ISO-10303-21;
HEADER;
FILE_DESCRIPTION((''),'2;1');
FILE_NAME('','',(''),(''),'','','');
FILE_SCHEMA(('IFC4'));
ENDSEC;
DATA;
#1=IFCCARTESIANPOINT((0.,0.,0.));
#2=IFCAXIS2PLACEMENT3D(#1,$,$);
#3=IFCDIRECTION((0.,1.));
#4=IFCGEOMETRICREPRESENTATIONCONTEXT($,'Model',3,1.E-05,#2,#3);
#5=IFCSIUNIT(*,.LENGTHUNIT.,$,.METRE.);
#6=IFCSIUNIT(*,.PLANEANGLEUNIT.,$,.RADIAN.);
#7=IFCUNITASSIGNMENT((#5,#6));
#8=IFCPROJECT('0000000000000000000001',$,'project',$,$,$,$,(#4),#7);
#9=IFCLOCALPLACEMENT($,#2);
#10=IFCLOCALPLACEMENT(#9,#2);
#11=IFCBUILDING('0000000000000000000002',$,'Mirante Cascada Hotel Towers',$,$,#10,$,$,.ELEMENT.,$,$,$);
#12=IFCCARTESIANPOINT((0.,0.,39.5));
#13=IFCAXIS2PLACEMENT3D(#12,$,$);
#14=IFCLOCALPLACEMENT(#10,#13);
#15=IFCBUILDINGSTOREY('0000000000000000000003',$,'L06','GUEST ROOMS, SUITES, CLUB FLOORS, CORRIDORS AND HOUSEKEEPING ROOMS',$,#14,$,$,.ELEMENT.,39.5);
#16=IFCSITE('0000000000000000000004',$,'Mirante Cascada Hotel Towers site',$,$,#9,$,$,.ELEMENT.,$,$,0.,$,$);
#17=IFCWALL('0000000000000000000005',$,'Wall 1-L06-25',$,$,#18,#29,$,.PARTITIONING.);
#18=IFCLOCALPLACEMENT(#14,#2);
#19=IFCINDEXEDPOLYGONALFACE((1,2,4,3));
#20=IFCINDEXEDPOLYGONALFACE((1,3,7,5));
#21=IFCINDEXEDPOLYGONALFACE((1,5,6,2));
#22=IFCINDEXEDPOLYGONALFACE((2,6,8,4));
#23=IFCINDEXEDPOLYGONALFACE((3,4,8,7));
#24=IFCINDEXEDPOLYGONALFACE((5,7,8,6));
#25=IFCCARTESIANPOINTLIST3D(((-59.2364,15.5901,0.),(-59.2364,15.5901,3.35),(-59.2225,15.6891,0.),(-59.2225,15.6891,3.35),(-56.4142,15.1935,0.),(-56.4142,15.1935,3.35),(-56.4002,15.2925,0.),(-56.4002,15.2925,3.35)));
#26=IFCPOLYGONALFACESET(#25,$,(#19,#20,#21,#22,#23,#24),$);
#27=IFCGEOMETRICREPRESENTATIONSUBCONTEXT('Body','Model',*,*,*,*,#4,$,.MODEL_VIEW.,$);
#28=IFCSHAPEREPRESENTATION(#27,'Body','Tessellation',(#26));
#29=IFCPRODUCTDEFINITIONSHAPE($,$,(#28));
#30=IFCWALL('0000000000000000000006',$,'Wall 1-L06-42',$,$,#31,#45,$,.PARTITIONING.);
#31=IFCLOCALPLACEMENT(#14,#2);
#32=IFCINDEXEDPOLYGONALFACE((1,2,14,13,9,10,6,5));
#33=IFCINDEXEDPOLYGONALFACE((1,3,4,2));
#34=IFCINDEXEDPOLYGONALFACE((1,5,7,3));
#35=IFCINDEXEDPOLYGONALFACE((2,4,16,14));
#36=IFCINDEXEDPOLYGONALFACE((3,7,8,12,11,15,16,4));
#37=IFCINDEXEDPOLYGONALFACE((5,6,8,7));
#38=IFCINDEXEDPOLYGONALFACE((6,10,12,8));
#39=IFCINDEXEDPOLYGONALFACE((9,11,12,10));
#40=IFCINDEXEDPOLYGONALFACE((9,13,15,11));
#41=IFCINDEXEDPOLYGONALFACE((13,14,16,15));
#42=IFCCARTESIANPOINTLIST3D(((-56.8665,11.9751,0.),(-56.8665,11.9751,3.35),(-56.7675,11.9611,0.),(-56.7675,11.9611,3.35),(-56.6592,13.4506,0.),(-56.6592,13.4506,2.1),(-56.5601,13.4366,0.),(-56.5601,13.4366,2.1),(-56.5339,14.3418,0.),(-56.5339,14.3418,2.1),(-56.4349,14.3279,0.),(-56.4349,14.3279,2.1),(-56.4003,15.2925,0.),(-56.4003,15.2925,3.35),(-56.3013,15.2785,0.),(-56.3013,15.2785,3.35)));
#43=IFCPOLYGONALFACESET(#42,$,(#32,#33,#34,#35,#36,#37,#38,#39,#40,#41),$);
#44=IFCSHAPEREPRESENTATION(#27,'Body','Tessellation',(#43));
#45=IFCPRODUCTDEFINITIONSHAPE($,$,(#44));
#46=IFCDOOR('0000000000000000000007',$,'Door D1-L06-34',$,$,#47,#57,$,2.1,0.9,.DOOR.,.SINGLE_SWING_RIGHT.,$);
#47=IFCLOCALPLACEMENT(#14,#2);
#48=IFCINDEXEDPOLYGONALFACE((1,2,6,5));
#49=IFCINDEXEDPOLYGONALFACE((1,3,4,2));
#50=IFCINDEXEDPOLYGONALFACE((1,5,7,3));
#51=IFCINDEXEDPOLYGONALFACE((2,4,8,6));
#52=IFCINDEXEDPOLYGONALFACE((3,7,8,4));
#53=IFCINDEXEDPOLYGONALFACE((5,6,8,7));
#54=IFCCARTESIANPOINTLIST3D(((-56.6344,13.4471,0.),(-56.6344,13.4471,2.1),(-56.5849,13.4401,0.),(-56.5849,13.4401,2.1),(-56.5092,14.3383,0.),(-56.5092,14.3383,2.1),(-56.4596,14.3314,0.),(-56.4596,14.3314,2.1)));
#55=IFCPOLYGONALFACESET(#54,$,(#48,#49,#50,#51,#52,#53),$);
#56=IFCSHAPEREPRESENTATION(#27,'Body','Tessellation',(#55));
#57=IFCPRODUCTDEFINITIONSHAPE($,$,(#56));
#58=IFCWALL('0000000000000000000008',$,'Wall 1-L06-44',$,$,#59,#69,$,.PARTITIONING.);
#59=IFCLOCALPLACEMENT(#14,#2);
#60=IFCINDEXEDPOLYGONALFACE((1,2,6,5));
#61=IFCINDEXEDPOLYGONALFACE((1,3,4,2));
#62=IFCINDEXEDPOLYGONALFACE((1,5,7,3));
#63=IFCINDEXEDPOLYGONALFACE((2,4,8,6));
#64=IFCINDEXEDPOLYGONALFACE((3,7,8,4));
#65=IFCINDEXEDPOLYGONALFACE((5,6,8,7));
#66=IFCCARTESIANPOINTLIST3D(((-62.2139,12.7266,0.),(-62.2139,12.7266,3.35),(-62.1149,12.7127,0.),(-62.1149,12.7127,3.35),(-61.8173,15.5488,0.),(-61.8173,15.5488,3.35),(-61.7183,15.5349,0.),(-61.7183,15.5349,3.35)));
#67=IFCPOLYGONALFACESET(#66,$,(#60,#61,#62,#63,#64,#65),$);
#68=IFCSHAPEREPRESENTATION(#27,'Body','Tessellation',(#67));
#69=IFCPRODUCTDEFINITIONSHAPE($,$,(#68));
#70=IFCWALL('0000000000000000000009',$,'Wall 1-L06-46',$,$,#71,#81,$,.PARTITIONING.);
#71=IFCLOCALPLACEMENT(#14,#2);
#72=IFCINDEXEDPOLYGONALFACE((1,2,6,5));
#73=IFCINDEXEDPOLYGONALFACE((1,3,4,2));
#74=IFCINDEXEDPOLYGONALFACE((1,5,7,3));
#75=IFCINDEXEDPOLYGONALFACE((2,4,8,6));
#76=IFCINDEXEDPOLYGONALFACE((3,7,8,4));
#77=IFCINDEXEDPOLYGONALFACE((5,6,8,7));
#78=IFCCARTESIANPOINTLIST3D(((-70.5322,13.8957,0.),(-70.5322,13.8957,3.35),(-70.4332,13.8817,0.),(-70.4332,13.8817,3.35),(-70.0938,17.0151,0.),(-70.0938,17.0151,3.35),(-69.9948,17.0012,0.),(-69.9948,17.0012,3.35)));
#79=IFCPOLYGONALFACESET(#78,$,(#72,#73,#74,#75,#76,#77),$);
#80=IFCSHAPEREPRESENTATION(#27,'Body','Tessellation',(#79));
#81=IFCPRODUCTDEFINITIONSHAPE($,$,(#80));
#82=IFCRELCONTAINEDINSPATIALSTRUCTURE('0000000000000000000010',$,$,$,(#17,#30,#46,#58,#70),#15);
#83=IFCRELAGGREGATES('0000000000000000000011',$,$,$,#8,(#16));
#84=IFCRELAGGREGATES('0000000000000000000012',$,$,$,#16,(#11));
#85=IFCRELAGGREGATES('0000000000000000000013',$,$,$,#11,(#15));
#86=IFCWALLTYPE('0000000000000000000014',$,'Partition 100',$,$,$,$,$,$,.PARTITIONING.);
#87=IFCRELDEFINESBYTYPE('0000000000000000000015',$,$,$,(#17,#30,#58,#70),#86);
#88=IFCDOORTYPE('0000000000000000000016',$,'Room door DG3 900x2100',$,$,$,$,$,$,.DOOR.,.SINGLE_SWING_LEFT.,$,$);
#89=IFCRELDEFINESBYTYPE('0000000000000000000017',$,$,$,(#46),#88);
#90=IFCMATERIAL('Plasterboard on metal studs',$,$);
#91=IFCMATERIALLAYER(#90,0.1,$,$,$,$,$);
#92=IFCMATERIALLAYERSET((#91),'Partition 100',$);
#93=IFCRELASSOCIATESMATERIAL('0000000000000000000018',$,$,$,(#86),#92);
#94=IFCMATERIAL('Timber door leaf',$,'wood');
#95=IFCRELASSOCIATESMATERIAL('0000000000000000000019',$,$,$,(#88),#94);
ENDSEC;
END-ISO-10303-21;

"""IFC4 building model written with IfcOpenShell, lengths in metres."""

from ifc_helpers import new_model, si_unit, direction, frame, frame_2d, origin, place, context, subcontext, project, spatial, rectangle, extrude, material, layer, layer_set, type_object, element, fill, save


model = new_model("IFC4")

# Units and contexts
model_context = context("Model", 3, precision=1e-05, world=origin(), true_north=direction((0.0, 1.0)))
body_context = subcontext(model_context, "Body", "Model", "MODEL_VIEW")
ifc_project = project(units=[si_unit("LENGTHUNIT", "METRE"), si_unit("PLANEANGLEUNIT", "RADIAN")], contexts=[model_context])

# Site, building, storey
site_placement = place(None, origin())
site = spatial("IfcSite", under=ifc_project, at=site_placement, Name="Mirante Cascada Hotel Towers site", CompositionType="ELEMENT", RefElevation=0.0)
building_placement = place(site_placement, origin())
building = spatial("IfcBuilding", under=site, at=building_placement, Name="Mirante Cascada Hotel Towers", CompositionType="ELEMENT")
storey_placement = place(building_placement, frame((0.0, 0.0, 39.5)))
storey = spatial("IfcBuildingStorey", under=building, at=storey_placement, Name="L06", Description="GUEST ROOMS, SUITES, CLUB FLOORS, CORRIDORS AND HOUSEKEEPING ROOMS", CompositionType="ELEMENT", Elevation=39.5)

# Shared definitions
ifc_material_1 = material(Name="Plasterboard on metal studs")
ifc_layer_1 = layer(ifc_material_1, 0.1)
ifc_layer_set_1 = layer_set([ifc_layer_1], Name="Partition 100")
wall_type = type_object("IfcWallType", Name="Partition 100", PredefinedType="PARTITIONING", material=ifc_layer_set_1)

# Wall
wall_1_placement = place(storey_placement, frame((-56.4072, 15.243, 0.0), z_axis=(0.0, 0.0, 1.0), x_axis=(-0.99027, 0.139156, 0.0)))
element("IfcWall", 1, at=wall_1_placement, inside=storey, type_object=wall_type, Name="Wall 1-L06-25", PredefinedType="PARTITIONING", context=body_context, shape_type="SweptSolid", body=[
    extrude(rectangle(XDim=2.85, YDim=0.1, at=frame_2d((1.425, 0.0))), origin(), (0.0, 0.0, 1.0), 3.35),
])

# Wall, opening, door
wall_2_placement = place(storey_placement, frame((-56.3508, 15.2855, 0.0), z_axis=(0.0, 0.0, 1.0), x_axis=(-0.139164, -0.990269, 0.0)))
wall_2 = element("IfcWall", 2, at=wall_2_placement, inside=storey, type_object=wall_type, Name="Wall 1-L06-42", PredefinedType="PARTITIONING", context=body_context, shape_type="SweptSolid", body=[
    extrude(rectangle(XDim=3.35, YDim=0.1, at=frame_2d((1.675, 0.0))), origin(), (0.0, 0.0, 1.0), 3.35),
])
opening_1_placement = place(wall_2_placement, frame((0.96, 0.0, 0.0)))
opening_1 = element("IfcOpeningElement", 3, at=opening_1_placement, cuts=wall_2, PredefinedType="OPENING", context=body_context, shape_type="SweptSolid", body=[
    extrude(rectangle(XDim=0.9, YDim=2.1, at=frame_2d((0.45, 1.05))), frame((0.0, 0.05, 0.0), z_axis=(0.0, -1.0, 0.0), x_axis=(1.0, 0.0, 0.0)), (0.0, 0.0, 1.0), 0.1),
])
ifc_material_2 = material(Name="Timber door leaf", Category="wood")
door_type_1 = type_object("IfcDoorType", Name="Room door DG3 900x2100", OperationType="SINGLE_SWING_LEFT", PredefinedType="DOOR", material=ifc_material_2)
door_1_placement = place(opening_1_placement, frame((0.9, 0.0, 0.0), z_axis=(0.0, 0.0, 1.0), x_axis=(-1.0, 0.0, 0.0)))
door_1 = element("IfcDoor", 4, at=door_1_placement, inside=storey, type_object=door_type_1, Name="Door D1-L06-34", OperationType="SINGLE_SWING_RIGHT", OverallHeight=2.1, OverallWidth=0.9, PredefinedType="DOOR", context=body_context, shape_type="SweptSolid", body=[
    extrude(rectangle(XDim=0.9, YDim=2.1, at=frame_2d((0.45, 1.05))), frame((0.0, 0.025, 0.0), z_axis=(0.0, -1.0, 0.0), x_axis=(1.0, 0.0, 0.0)), (0.0, 0.0, 1.0), 0.05),
])
fill(opening_1, door_1)

# Walls
wall_3_placement = place(storey_placement, frame((-61.7678, 15.5419, 0.0), z_axis=(0.0, 0.0, 1.0), x_axis=(-0.139161, -0.99027, 0.0)))
element("IfcWall", 5, at=wall_3_placement, inside=storey, type_object=wall_type, Name="Wall 1-L06-44", PredefinedType="PARTITIONING", context=body_context, shape_type="SweptSolid", body=[
    extrude(rectangle(XDim=2.8499, YDim=0.1, at=frame_2d((1.425, 0.0))), origin(), (0.0, 0.0, 1.0), 3.35),
])
wall_4_placement = place(storey_placement, frame((-70.0443, 17.0081, 0.0), z_axis=(0.0, 0.0, 1.0), x_axis=(-0.139172, -0.990268, 0.0)))
element("IfcWall", 6, at=wall_4_placement, inside=storey, type_object=wall_type, Name="Wall 1-L06-46", PredefinedType="PARTITIONING", context=body_context, shape_type="SweptSolid", body=[
    extrude(rectangle(XDim=3.1501, YDim=0.1, at=frame_2d((1.575, 0.0))), origin(), (0.0, 0.0, 1.0), 3.35),
])

save(model, "model.ifc")
